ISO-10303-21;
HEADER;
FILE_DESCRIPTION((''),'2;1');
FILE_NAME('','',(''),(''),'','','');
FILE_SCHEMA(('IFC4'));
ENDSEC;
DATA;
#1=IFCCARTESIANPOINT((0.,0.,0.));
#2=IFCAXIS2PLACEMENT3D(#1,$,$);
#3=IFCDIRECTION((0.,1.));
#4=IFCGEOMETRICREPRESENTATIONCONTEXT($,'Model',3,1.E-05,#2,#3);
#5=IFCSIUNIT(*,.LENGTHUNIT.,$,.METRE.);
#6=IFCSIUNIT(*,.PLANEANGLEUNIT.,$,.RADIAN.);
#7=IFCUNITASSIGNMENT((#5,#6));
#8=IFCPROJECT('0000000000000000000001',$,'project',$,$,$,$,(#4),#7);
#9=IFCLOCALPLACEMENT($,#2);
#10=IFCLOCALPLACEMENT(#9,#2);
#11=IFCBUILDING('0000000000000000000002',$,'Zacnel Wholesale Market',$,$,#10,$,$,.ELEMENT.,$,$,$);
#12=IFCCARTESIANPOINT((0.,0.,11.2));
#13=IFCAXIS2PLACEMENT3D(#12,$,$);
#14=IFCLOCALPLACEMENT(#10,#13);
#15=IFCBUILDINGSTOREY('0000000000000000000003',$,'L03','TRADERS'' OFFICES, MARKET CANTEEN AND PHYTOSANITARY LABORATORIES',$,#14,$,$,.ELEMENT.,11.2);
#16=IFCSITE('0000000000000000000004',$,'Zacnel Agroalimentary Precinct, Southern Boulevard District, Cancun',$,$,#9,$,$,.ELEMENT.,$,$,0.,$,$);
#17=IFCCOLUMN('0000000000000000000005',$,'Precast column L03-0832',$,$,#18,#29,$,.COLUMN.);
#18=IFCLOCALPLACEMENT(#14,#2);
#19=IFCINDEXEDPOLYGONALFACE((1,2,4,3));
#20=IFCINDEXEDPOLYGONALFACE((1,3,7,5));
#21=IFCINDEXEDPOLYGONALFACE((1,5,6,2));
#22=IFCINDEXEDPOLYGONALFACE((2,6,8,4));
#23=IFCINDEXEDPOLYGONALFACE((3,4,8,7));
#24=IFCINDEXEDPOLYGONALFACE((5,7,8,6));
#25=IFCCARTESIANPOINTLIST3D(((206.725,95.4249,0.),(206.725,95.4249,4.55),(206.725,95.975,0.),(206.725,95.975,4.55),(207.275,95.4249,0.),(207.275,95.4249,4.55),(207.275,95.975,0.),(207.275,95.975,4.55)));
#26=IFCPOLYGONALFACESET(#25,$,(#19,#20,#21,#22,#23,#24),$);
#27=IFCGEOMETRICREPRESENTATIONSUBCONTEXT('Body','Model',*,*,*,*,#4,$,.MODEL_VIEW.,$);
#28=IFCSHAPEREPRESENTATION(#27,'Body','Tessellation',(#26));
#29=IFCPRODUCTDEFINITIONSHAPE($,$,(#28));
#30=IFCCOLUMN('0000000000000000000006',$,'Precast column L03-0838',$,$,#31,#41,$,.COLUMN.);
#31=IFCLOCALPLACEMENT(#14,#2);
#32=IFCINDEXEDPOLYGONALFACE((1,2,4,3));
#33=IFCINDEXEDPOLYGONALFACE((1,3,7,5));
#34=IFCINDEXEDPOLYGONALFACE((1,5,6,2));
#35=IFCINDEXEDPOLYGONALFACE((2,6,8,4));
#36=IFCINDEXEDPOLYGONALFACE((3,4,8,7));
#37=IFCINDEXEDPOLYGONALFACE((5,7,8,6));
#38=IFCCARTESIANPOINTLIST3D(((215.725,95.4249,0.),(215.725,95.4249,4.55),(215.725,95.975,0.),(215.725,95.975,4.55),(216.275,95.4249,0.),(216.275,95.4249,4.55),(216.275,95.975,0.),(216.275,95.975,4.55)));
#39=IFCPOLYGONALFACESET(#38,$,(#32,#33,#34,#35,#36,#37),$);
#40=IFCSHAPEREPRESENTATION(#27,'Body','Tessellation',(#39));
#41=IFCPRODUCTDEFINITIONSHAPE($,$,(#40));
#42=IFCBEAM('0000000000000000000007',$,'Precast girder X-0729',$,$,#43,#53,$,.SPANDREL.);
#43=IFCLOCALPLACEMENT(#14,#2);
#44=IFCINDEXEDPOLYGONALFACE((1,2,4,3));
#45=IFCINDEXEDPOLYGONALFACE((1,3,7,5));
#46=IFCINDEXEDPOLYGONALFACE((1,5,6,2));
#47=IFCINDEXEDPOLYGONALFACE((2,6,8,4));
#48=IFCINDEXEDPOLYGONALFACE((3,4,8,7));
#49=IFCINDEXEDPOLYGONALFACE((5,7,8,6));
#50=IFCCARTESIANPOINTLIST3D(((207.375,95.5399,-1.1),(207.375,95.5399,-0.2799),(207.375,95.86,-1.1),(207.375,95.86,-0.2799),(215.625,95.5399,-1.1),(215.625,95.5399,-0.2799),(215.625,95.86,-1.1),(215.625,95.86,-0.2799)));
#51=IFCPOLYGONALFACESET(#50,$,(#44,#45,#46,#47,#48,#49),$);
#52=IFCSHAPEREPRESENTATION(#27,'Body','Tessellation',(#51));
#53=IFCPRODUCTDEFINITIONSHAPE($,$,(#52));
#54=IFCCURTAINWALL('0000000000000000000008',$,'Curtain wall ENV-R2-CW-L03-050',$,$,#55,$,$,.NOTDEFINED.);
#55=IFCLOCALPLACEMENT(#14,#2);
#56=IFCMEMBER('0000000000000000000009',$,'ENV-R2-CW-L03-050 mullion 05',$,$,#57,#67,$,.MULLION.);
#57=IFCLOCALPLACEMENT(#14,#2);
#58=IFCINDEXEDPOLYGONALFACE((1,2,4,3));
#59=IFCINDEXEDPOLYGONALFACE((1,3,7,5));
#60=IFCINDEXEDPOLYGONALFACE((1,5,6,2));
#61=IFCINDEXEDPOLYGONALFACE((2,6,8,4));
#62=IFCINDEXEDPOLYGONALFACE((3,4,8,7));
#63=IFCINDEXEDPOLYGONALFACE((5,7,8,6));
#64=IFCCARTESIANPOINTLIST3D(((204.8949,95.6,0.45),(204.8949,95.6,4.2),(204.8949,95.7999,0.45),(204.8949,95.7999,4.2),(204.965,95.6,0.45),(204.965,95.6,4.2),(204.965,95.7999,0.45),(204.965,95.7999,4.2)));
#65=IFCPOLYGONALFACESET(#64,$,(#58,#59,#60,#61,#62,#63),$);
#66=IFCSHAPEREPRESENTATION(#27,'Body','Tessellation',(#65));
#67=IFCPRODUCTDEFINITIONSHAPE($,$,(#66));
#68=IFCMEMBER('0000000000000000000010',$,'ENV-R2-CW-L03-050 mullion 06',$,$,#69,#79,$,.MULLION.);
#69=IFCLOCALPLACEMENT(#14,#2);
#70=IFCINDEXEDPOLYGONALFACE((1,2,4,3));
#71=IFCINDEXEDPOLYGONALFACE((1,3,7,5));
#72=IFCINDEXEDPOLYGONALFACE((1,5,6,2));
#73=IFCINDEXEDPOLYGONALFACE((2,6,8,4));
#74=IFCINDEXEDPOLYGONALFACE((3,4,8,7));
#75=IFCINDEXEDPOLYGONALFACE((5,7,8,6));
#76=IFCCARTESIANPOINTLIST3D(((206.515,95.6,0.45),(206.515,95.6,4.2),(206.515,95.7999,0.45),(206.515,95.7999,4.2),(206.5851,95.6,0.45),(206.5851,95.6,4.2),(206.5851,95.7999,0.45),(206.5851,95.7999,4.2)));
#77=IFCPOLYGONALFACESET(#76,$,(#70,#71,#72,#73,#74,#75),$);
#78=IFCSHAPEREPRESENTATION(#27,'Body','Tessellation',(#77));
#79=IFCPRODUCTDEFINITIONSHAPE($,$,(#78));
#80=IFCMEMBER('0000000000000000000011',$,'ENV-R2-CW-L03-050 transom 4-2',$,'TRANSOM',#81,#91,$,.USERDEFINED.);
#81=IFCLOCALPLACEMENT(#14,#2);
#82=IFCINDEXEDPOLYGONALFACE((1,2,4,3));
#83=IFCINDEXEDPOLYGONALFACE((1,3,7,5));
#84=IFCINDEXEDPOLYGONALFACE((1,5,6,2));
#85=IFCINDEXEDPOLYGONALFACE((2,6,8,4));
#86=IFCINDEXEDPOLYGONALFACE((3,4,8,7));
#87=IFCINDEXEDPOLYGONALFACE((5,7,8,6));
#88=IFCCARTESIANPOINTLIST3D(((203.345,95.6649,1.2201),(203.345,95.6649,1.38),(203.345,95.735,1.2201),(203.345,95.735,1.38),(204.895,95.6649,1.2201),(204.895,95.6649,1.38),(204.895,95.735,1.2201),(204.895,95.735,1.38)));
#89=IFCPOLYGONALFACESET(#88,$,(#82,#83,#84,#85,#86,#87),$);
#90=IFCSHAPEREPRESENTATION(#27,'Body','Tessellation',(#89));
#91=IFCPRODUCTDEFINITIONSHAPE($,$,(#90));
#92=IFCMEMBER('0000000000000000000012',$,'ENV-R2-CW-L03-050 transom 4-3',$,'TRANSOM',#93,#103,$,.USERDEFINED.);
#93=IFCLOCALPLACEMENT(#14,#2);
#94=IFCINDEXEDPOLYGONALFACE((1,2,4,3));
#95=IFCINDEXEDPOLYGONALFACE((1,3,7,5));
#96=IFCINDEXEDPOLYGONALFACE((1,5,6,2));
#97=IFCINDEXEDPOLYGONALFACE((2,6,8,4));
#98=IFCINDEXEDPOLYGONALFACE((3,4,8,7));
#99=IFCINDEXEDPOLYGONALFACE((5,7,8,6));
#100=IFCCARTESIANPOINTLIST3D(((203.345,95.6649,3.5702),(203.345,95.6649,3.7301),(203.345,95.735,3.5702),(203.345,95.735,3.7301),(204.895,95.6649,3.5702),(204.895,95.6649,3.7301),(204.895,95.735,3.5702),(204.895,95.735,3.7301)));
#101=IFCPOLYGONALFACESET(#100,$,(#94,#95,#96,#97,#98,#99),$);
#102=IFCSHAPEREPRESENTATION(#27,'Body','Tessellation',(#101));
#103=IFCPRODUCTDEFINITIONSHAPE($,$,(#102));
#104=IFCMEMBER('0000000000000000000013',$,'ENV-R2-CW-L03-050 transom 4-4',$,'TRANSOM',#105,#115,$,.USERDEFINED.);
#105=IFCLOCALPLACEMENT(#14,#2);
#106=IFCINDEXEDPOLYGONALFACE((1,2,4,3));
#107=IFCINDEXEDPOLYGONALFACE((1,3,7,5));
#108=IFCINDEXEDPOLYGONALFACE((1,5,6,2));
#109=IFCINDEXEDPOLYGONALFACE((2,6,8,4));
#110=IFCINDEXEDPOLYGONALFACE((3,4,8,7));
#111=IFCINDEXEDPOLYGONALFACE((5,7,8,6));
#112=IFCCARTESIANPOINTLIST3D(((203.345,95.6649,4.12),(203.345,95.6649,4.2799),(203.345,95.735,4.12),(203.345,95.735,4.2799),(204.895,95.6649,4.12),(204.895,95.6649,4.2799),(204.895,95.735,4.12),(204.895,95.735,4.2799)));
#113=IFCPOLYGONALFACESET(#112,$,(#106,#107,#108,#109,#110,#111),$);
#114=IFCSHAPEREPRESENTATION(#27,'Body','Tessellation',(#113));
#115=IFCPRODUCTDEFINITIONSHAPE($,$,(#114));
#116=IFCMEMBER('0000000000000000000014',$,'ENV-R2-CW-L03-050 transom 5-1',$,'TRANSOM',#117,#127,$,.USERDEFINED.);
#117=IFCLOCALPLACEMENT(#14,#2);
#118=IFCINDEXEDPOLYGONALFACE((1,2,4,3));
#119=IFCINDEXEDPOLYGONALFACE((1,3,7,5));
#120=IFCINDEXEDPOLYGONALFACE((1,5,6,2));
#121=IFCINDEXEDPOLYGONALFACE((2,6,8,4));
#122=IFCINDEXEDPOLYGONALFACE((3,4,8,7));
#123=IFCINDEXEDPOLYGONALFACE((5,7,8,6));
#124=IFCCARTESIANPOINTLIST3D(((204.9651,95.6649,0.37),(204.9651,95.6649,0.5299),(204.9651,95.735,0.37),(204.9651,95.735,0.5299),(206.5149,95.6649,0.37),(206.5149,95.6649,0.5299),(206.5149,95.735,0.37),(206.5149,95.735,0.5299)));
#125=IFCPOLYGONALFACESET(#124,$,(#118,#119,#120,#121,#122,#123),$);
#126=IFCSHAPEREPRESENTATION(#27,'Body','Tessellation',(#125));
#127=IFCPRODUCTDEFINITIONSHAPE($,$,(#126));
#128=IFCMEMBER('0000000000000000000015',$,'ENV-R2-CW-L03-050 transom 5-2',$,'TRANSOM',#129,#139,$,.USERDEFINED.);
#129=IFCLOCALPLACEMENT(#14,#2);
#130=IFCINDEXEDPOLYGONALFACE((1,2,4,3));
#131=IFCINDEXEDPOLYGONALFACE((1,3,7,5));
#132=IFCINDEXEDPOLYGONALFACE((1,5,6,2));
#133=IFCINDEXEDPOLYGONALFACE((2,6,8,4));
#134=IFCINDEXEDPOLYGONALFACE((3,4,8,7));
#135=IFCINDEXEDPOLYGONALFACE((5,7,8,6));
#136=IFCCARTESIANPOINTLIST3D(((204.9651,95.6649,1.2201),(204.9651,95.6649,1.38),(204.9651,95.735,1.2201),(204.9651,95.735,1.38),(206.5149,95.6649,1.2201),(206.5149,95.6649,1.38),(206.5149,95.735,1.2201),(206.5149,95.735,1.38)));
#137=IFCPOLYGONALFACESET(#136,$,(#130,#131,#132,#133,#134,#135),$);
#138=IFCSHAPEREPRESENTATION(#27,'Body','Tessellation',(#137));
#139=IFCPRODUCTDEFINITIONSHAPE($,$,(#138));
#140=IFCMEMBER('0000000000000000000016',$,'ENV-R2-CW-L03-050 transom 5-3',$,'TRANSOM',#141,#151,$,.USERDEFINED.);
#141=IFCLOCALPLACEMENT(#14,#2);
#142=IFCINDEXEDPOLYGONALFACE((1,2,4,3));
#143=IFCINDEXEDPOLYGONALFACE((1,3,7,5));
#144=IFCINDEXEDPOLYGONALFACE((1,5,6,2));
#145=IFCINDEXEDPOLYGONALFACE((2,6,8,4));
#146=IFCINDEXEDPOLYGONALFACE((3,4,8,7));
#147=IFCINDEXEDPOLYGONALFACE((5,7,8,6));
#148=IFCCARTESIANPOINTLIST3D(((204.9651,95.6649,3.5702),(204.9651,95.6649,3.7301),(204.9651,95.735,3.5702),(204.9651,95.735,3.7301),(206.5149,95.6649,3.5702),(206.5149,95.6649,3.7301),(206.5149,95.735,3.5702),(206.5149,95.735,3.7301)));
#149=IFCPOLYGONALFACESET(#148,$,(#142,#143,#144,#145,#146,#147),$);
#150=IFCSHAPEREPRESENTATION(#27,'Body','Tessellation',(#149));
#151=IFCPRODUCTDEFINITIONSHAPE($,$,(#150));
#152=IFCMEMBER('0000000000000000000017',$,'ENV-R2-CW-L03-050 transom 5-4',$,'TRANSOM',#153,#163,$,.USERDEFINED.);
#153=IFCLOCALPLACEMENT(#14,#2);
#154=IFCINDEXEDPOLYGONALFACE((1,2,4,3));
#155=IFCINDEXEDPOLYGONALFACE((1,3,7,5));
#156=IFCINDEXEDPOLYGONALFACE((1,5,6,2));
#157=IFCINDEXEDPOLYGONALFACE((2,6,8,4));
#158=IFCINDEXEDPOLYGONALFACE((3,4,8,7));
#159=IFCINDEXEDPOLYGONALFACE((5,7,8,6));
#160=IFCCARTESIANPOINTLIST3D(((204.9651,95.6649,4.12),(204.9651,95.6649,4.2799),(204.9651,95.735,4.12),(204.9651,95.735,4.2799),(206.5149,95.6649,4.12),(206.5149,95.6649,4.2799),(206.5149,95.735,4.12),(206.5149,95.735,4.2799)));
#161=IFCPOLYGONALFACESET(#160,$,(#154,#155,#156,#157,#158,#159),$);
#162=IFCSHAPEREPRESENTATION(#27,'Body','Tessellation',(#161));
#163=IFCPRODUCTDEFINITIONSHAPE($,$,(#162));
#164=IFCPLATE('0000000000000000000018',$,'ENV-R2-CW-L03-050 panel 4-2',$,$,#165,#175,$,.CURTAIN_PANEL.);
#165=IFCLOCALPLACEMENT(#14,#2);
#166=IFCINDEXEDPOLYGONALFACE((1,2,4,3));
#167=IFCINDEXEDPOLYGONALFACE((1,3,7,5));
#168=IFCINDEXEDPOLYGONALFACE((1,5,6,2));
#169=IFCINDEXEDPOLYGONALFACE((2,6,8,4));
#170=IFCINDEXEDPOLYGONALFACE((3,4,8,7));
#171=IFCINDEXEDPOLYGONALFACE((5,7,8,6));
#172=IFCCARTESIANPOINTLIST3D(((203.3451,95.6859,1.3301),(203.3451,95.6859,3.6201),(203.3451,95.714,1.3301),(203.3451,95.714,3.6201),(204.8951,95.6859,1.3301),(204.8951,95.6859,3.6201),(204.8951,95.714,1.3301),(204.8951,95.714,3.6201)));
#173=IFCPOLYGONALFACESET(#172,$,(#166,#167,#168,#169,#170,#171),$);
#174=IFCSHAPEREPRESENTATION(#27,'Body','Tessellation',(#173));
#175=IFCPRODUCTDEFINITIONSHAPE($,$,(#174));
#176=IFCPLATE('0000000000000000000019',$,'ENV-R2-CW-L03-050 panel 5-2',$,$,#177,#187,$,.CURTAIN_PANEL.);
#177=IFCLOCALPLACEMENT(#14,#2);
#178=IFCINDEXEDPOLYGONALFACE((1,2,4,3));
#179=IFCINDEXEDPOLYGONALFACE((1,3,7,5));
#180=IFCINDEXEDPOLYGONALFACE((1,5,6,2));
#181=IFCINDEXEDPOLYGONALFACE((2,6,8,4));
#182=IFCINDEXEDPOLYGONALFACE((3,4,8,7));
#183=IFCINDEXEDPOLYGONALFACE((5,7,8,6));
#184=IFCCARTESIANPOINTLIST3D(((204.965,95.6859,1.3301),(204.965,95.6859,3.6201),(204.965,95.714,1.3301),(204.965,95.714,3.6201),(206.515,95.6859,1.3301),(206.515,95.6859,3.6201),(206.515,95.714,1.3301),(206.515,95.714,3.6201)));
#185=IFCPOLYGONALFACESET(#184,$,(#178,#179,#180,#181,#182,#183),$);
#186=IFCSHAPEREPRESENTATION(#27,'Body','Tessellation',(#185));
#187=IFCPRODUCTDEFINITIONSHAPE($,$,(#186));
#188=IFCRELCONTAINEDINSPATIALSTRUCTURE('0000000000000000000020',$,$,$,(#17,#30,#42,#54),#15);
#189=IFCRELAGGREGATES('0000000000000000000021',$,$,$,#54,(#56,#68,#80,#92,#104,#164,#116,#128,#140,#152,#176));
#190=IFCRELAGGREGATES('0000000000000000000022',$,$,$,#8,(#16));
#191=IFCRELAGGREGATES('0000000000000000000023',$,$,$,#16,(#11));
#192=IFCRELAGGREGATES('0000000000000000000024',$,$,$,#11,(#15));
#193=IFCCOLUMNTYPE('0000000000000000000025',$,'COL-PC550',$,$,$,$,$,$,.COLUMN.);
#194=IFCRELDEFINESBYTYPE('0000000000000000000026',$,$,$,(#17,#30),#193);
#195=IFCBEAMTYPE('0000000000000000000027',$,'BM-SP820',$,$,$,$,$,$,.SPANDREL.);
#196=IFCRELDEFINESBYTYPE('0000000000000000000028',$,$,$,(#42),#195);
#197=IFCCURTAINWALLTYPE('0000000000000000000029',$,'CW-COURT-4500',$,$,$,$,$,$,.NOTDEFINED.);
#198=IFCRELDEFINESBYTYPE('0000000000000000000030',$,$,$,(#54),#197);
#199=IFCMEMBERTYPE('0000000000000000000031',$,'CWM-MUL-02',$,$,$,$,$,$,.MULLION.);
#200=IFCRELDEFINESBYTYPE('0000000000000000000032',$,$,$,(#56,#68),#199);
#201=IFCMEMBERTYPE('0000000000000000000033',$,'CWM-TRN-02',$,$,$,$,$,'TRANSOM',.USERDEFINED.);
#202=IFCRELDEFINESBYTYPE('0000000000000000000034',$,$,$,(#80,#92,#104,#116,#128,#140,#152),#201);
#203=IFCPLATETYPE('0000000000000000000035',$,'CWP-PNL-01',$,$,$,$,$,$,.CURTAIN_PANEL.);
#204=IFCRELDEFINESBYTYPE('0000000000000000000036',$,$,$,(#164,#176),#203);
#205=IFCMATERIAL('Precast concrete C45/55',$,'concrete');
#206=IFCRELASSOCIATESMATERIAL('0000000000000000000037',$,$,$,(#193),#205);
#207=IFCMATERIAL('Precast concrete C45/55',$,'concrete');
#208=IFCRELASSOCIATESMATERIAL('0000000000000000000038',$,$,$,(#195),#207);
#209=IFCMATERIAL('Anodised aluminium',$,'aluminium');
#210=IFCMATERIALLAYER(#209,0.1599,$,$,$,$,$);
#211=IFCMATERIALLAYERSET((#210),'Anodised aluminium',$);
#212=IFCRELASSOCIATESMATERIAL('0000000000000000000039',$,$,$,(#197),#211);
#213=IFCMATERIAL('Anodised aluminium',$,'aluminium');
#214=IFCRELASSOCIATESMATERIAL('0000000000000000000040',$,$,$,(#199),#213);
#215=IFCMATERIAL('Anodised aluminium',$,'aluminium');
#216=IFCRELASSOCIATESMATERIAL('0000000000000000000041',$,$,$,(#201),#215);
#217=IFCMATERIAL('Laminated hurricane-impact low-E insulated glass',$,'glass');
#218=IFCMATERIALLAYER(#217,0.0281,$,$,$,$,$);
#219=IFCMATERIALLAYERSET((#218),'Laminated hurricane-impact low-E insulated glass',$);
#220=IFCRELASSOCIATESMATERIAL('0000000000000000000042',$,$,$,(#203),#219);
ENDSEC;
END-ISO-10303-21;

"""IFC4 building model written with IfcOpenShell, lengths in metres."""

from ifc_helpers import new_model, si_unit, direction, frame, origin, origin_2d, place, context, subcontext, project, spatial, rectangle, extrude, material, layer, layer_set, material_profile, profile_set, type_object, element, aggregate, save


model = new_model("IFC4")

# Units and contexts
model_context = context("Model", 3, precision=1e-05, world=origin(), true_north=direction((0.0, 1.0)))
body_context = subcontext(model_context, "Body", "Model", "MODEL_VIEW")
ifc_project = project(units=[si_unit("LENGTHUNIT", "METRE"), si_unit("PLANEANGLEUNIT", "RADIAN")], contexts=[model_context])

# Site, building, storey
site_placement = place(None, origin())
site = spatial("IfcSite", under=ifc_project, at=site_placement, Name="Zacnel Agroalimentary Precinct, Southern Boulevard District, Cancun", CompositionType="ELEMENT", RefElevation=0.0)
building_placement = place(site_placement, origin())
building = spatial("IfcBuilding", under=site, at=building_placement, Name="Zacnel Wholesale Market", CompositionType="ELEMENT")
storey_placement = place(building_placement, frame((0.0, 0.0, 11.2)))
storey = spatial("IfcBuildingStorey", under=building, at=storey_placement, Name="L03", Description="TRADERS' OFFICES, MARKET CANTEEN AND PHYTOSANITARY LABORATORIES", CompositionType="ELEMENT", Elevation=11.2)

# Columns
ifc_material_1 = material(Name="Precast concrete C45/55", Category="concrete")
ifc_material_profile_1 = material_profile(ifc_material_1, rectangle(XDim=0.55, YDim=0.55, at=origin_2d()), Name="PC 550x550")
ifc_profile_set_1 = profile_set([ifc_material_profile_1], Name="Precast concrete C45/55")
column_type = type_object("IfcColumnType", Name="COL-PC550", PredefinedType="COLUMN", material=ifc_profile_set_1)
for number, where, z_axis, x_axis, name in (
    (1, (207.0, 95.7, 0.0), (0.0, 0.0, 1.0), (1.0, 0.0, 0.0), "Precast column L03-0832"),
    (2, (216.0, 95.7, 0.0), (0.0, 0.0, 1.0), (1.0, 0.0, 0.0), "Precast column L03-0838"),
):
    element("IfcColumn", number, at=place(storey_placement, frame(where, z_axis=z_axis, x_axis=x_axis)), inside=storey, type_object=column_type, Name=name, PredefinedType="COLUMN", context=body_context, shape_type="SweptSolid", body=[
        extrude(rectangle(XDim=0.55, YDim=0.55, at=origin_2d()), origin(), (0.0, 0.0, 1.0), 4.55),
    ])

# Beam
ifc_material_2 = material(Name="Precast concrete C45/55", Category="concrete")
ifc_material_profile_2 = material_profile(ifc_material_2, rectangle(XDim=0.3201, YDim=0.8201, at=origin_2d()), Name="SP 320x820")
ifc_profile_set_2 = profile_set([ifc_material_profile_2], Name="Precast concrete C45/55")
beam_type = type_object("IfcBeamType", Name="BM-SP820", PredefinedType="SPANDREL", material=ifc_profile_set_2)
beam_placement = place(storey_placement, frame((207.375, 95.7, -0.6899), z_axis=(1.0, 0.0, 0.0), x_axis=(0.0, 1.0, 0.0)))
element("IfcBeam", 3, at=beam_placement, inside=storey, type_object=beam_type, Name="Precast girder X-0729", PredefinedType="SPANDREL", context=body_context, shape_type="SweptSolid", body=[
    extrude(rectangle(XDim=0.3201, YDim=0.8201, at=origin_2d()), origin(), (0.0, 0.0, 1.0), 8.25),
])

# Curtain wall, members, plates
ifc_material_3 = material(Name="Anodised aluminium", Category="aluminium")
ifc_layer_1 = layer(ifc_material_3, 0.1599)
ifc_layer_set_1 = layer_set([ifc_layer_1], Name="Anodised aluminium")
curtain_wall_type = type_object("IfcCurtainWallType", Name="CW-COURT-4500", PredefinedType="NOTDEFINED", material=ifc_layer_set_1)
curtain_wall_placement = place(storey_placement, origin())
curtain_wall = element("IfcCurtainWall", 4, at=curtain_wall_placement, inside=storey, type_object=curtain_wall_type, Name="Curtain wall ENV-R2-CW-L03-050", PredefinedType="NOTDEFINED")
ifc_material_4 = material(Name="Anodised aluminium", Category="aluminium")
ifc_material_profile_3 = material_profile(ifc_material_4, rectangle(XDim=0.0701, YDim=0.2, at=origin_2d()), Name="AW-MULLION 70x200")
ifc_profile_set_3 = profile_set([ifc_material_profile_3], Name="Anodised aluminium")
member_type_1 = type_object("IfcMemberType", Name="CWM-MUL-02", PredefinedType="MULLION", material=ifc_profile_set_3)
member_1_placement = place(storey_placement, frame((204.9299, 95.7, 0.45), z_axis=(0.0, 0.0, 1.0), x_axis=(1.0, 0.0, 0.0)))
member_1 = element("IfcMember", 5, at=member_1_placement, type_object=member_type_1, Name="ENV-R2-CW-L03-050 mullion 05", PredefinedType="MULLION", context=body_context, shape_type="SweptSolid", body=[
    extrude(rectangle(XDim=0.0701, YDim=0.2, at=origin_2d()), origin(), (0.0, 0.0, 1.0), 3.75),
])
member_2_placement = place(storey_placement, frame((206.55, 95.7, 0.45), z_axis=(0.0, 0.0, 1.0), x_axis=(1.0, 0.0, 0.0)))
member_2 = element("IfcMember", 6, at=member_2_placement, type_object=member_type_1, Name="ENV-R2-CW-L03-050 mullion 06", PredefinedType="MULLION", context=body_context, shape_type="SweptSolid", body=[
    extrude(rectangle(XDim=0.0701, YDim=0.2, at=origin_2d()), origin(), (0.0, 0.0, 1.0), 3.75),
])
ifc_material_5 = material(Name="Anodised aluminium", Category="aluminium")
ifc_material_profile_4 = material_profile(ifc_material_5, rectangle(XDim=0.0701, YDim=0.1599, at=origin_2d()), Name="AW-TRANSOM 70x160")
ifc_profile_set_4 = profile_set([ifc_material_profile_4], Name="Anodised aluminium")
member_type_2 = type_object("IfcMemberType", Name="CWM-TRN-02", ElementType="TRANSOM", PredefinedType="USERDEFINED", material=ifc_profile_set_4)
member_3_placement = place(storey_placement, frame((203.345, 95.7, 1.3), z_axis=(1.0, 0.0, 0.0), x_axis=(0.0, 1.0, 0.0)))
member_3 = element("IfcMember", 7, at=member_3_placement, type_object=member_type_2, Name="ENV-R2-CW-L03-050 transom 4-2", ObjectType="TRANSOM", PredefinedType="USERDEFINED", context=body_context, shape_type="SweptSolid", body=[
    extrude(rectangle(XDim=0.0701, YDim=0.1599, at=origin_2d()), origin(), (0.0, 0.0, 1.0), 1.55),
])
member_4_placement = place(storey_placement, frame((203.345, 95.7, 3.6501), z_axis=(1.0, 0.0, 0.0), x_axis=(0.0, 1.0, 0.0)))
member_4 = element("IfcMember", 8, at=member_4_placement, type_object=member_type_2, Name="ENV-R2-CW-L03-050 transom 4-3", ObjectType="TRANSOM", PredefinedType="USERDEFINED", context=body_context, shape_type="SweptSolid", body=[
    extrude(rectangle(XDim=0.0701, YDim=0.1599, at=origin_2d()), origin(), (0.0, 0.0, 1.0), 1.55),
])
member_5_placement = place(storey_placement, frame((203.345, 95.7, 4.2), z_axis=(1.0, 0.0, 0.0), x_axis=(0.0, 1.0, 0.0)))
member_5 = element("IfcMember", 9, at=member_5_placement, type_object=member_type_2, Name="ENV-R2-CW-L03-050 transom 4-4", ObjectType="TRANSOM", PredefinedType="USERDEFINED", context=body_context, shape_type="SweptSolid", body=[
    extrude(rectangle(XDim=0.0701, YDim=0.1599, at=origin_2d()), origin(), (0.0, 0.0, 1.0), 1.55),
])
member_6_placement = place(storey_placement, frame((204.9651, 95.7, 0.45), z_axis=(1.0, 0.0, 0.0), x_axis=(0.0, 1.0, 0.0)))
member_6 = element("IfcMember", 10, at=member_6_placement, type_object=member_type_2, Name="ENV-R2-CW-L03-050 transom 5-1", ObjectType="TRANSOM", PredefinedType="USERDEFINED", context=body_context, shape_type="SweptSolid", body=[
    extrude(rectangle(XDim=0.0701, YDim=0.1599, at=origin_2d()), origin(), (0.0, 0.0, 1.0), 1.5498),
])
member_7_placement = place(storey_placement, frame((204.9651, 95.7, 1.3), z_axis=(1.0, 0.0, 0.0), x_axis=(0.0, 1.0, 0.0)))
member_7 = element("IfcMember", 11, at=member_7_placement, type_object=member_type_2, Name="ENV-R2-CW-L03-050 transom 5-2", ObjectType="TRANSOM", PredefinedType="USERDEFINED", context=body_context, shape_type="SweptSolid", body=[
    extrude(rectangle(XDim=0.0701, YDim=0.1599, at=origin_2d()), origin(), (0.0, 0.0, 1.0), 1.5498),
])
member_8_placement = place(storey_placement, frame((204.9651, 95.7, 3.6501), z_axis=(1.0, 0.0, 0.0), x_axis=(0.0, 1.0, 0.0)))
member_8 = element("IfcMember", 12, at=member_8_placement, type_object=member_type_2, Name="ENV-R2-CW-L03-050 transom 5-3", ObjectType="TRANSOM", PredefinedType="USERDEFINED", context=body_context, shape_type="SweptSolid", body=[
    extrude(rectangle(XDim=0.0701, YDim=0.1599, at=origin_2d()), origin(), (0.0, 0.0, 1.0), 1.5498),
])
member_9_placement = place(storey_placement, frame((204.9651, 95.7, 4.2), z_axis=(1.0, 0.0, 0.0), x_axis=(0.0, 1.0, 0.0)))
member_9 = element("IfcMember", 13, at=member_9_placement, type_object=member_type_2, Name="ENV-R2-CW-L03-050 transom 5-4", ObjectType="TRANSOM", PredefinedType="USERDEFINED", context=body_context, shape_type="SweptSolid", body=[
    extrude(rectangle(XDim=0.0701, YDim=0.1599, at=origin_2d()), origin(), (0.0, 0.0, 1.0), 1.5498),
])
ifc_material_6 = material(Name="Laminated hurricane-impact low-E insulated glass", Category="glass")
ifc_layer_2 = layer(ifc_material_6, 0.0281)
ifc_layer_set_2 = layer_set([ifc_layer_2], Name="Laminated hurricane-impact low-E insulated glass")
plate_type_1 = type_object("IfcPlateType", Name="CWP-PNL-01", PredefinedType="CURTAIN_PANEL", material=ifc_layer_set_2)
plate_1_placement = place(storey_placement, frame((204.1201, 95.7, 1.3301), z_axis=(0.0, 0.0, 1.0), x_axis=(1.0, 0.0, 0.0)))
plate_1 = element("IfcPlate", 14, at=plate_1_placement, type_object=plate_type_1, Name="ENV-R2-CW-L03-050 panel 4-2", PredefinedType="CURTAIN_PANEL", context=body_context, shape_type="SweptSolid", body=[
    extrude(rectangle(XDim=1.55, YDim=0.0281, at=origin_2d()), origin(), (0.0, 0.0, 1.0), 2.29),
])
plate_2_placement = place(storey_placement, frame((205.74, 95.7, 1.3301), z_axis=(0.0, 0.0, 1.0), x_axis=(1.0, 0.0, 0.0)))
plate_2 = element("IfcPlate", 15, at=plate_2_placement, type_object=plate_type_1, Name="ENV-R2-CW-L03-050 panel 5-2", PredefinedType="CURTAIN_PANEL", context=body_context, shape_type="SweptSolid", body=[
    extrude(rectangle(XDim=1.55, YDim=0.0281, at=origin_2d()), origin(), (0.0, 0.0, 1.0), 2.29),
])
aggregate(curtain_wall, [member_1, member_2, member_3, member_4, member_5, plate_1, member_6, member_7, member_8, member_9, plate_2])

save(model, "model.ifc")
